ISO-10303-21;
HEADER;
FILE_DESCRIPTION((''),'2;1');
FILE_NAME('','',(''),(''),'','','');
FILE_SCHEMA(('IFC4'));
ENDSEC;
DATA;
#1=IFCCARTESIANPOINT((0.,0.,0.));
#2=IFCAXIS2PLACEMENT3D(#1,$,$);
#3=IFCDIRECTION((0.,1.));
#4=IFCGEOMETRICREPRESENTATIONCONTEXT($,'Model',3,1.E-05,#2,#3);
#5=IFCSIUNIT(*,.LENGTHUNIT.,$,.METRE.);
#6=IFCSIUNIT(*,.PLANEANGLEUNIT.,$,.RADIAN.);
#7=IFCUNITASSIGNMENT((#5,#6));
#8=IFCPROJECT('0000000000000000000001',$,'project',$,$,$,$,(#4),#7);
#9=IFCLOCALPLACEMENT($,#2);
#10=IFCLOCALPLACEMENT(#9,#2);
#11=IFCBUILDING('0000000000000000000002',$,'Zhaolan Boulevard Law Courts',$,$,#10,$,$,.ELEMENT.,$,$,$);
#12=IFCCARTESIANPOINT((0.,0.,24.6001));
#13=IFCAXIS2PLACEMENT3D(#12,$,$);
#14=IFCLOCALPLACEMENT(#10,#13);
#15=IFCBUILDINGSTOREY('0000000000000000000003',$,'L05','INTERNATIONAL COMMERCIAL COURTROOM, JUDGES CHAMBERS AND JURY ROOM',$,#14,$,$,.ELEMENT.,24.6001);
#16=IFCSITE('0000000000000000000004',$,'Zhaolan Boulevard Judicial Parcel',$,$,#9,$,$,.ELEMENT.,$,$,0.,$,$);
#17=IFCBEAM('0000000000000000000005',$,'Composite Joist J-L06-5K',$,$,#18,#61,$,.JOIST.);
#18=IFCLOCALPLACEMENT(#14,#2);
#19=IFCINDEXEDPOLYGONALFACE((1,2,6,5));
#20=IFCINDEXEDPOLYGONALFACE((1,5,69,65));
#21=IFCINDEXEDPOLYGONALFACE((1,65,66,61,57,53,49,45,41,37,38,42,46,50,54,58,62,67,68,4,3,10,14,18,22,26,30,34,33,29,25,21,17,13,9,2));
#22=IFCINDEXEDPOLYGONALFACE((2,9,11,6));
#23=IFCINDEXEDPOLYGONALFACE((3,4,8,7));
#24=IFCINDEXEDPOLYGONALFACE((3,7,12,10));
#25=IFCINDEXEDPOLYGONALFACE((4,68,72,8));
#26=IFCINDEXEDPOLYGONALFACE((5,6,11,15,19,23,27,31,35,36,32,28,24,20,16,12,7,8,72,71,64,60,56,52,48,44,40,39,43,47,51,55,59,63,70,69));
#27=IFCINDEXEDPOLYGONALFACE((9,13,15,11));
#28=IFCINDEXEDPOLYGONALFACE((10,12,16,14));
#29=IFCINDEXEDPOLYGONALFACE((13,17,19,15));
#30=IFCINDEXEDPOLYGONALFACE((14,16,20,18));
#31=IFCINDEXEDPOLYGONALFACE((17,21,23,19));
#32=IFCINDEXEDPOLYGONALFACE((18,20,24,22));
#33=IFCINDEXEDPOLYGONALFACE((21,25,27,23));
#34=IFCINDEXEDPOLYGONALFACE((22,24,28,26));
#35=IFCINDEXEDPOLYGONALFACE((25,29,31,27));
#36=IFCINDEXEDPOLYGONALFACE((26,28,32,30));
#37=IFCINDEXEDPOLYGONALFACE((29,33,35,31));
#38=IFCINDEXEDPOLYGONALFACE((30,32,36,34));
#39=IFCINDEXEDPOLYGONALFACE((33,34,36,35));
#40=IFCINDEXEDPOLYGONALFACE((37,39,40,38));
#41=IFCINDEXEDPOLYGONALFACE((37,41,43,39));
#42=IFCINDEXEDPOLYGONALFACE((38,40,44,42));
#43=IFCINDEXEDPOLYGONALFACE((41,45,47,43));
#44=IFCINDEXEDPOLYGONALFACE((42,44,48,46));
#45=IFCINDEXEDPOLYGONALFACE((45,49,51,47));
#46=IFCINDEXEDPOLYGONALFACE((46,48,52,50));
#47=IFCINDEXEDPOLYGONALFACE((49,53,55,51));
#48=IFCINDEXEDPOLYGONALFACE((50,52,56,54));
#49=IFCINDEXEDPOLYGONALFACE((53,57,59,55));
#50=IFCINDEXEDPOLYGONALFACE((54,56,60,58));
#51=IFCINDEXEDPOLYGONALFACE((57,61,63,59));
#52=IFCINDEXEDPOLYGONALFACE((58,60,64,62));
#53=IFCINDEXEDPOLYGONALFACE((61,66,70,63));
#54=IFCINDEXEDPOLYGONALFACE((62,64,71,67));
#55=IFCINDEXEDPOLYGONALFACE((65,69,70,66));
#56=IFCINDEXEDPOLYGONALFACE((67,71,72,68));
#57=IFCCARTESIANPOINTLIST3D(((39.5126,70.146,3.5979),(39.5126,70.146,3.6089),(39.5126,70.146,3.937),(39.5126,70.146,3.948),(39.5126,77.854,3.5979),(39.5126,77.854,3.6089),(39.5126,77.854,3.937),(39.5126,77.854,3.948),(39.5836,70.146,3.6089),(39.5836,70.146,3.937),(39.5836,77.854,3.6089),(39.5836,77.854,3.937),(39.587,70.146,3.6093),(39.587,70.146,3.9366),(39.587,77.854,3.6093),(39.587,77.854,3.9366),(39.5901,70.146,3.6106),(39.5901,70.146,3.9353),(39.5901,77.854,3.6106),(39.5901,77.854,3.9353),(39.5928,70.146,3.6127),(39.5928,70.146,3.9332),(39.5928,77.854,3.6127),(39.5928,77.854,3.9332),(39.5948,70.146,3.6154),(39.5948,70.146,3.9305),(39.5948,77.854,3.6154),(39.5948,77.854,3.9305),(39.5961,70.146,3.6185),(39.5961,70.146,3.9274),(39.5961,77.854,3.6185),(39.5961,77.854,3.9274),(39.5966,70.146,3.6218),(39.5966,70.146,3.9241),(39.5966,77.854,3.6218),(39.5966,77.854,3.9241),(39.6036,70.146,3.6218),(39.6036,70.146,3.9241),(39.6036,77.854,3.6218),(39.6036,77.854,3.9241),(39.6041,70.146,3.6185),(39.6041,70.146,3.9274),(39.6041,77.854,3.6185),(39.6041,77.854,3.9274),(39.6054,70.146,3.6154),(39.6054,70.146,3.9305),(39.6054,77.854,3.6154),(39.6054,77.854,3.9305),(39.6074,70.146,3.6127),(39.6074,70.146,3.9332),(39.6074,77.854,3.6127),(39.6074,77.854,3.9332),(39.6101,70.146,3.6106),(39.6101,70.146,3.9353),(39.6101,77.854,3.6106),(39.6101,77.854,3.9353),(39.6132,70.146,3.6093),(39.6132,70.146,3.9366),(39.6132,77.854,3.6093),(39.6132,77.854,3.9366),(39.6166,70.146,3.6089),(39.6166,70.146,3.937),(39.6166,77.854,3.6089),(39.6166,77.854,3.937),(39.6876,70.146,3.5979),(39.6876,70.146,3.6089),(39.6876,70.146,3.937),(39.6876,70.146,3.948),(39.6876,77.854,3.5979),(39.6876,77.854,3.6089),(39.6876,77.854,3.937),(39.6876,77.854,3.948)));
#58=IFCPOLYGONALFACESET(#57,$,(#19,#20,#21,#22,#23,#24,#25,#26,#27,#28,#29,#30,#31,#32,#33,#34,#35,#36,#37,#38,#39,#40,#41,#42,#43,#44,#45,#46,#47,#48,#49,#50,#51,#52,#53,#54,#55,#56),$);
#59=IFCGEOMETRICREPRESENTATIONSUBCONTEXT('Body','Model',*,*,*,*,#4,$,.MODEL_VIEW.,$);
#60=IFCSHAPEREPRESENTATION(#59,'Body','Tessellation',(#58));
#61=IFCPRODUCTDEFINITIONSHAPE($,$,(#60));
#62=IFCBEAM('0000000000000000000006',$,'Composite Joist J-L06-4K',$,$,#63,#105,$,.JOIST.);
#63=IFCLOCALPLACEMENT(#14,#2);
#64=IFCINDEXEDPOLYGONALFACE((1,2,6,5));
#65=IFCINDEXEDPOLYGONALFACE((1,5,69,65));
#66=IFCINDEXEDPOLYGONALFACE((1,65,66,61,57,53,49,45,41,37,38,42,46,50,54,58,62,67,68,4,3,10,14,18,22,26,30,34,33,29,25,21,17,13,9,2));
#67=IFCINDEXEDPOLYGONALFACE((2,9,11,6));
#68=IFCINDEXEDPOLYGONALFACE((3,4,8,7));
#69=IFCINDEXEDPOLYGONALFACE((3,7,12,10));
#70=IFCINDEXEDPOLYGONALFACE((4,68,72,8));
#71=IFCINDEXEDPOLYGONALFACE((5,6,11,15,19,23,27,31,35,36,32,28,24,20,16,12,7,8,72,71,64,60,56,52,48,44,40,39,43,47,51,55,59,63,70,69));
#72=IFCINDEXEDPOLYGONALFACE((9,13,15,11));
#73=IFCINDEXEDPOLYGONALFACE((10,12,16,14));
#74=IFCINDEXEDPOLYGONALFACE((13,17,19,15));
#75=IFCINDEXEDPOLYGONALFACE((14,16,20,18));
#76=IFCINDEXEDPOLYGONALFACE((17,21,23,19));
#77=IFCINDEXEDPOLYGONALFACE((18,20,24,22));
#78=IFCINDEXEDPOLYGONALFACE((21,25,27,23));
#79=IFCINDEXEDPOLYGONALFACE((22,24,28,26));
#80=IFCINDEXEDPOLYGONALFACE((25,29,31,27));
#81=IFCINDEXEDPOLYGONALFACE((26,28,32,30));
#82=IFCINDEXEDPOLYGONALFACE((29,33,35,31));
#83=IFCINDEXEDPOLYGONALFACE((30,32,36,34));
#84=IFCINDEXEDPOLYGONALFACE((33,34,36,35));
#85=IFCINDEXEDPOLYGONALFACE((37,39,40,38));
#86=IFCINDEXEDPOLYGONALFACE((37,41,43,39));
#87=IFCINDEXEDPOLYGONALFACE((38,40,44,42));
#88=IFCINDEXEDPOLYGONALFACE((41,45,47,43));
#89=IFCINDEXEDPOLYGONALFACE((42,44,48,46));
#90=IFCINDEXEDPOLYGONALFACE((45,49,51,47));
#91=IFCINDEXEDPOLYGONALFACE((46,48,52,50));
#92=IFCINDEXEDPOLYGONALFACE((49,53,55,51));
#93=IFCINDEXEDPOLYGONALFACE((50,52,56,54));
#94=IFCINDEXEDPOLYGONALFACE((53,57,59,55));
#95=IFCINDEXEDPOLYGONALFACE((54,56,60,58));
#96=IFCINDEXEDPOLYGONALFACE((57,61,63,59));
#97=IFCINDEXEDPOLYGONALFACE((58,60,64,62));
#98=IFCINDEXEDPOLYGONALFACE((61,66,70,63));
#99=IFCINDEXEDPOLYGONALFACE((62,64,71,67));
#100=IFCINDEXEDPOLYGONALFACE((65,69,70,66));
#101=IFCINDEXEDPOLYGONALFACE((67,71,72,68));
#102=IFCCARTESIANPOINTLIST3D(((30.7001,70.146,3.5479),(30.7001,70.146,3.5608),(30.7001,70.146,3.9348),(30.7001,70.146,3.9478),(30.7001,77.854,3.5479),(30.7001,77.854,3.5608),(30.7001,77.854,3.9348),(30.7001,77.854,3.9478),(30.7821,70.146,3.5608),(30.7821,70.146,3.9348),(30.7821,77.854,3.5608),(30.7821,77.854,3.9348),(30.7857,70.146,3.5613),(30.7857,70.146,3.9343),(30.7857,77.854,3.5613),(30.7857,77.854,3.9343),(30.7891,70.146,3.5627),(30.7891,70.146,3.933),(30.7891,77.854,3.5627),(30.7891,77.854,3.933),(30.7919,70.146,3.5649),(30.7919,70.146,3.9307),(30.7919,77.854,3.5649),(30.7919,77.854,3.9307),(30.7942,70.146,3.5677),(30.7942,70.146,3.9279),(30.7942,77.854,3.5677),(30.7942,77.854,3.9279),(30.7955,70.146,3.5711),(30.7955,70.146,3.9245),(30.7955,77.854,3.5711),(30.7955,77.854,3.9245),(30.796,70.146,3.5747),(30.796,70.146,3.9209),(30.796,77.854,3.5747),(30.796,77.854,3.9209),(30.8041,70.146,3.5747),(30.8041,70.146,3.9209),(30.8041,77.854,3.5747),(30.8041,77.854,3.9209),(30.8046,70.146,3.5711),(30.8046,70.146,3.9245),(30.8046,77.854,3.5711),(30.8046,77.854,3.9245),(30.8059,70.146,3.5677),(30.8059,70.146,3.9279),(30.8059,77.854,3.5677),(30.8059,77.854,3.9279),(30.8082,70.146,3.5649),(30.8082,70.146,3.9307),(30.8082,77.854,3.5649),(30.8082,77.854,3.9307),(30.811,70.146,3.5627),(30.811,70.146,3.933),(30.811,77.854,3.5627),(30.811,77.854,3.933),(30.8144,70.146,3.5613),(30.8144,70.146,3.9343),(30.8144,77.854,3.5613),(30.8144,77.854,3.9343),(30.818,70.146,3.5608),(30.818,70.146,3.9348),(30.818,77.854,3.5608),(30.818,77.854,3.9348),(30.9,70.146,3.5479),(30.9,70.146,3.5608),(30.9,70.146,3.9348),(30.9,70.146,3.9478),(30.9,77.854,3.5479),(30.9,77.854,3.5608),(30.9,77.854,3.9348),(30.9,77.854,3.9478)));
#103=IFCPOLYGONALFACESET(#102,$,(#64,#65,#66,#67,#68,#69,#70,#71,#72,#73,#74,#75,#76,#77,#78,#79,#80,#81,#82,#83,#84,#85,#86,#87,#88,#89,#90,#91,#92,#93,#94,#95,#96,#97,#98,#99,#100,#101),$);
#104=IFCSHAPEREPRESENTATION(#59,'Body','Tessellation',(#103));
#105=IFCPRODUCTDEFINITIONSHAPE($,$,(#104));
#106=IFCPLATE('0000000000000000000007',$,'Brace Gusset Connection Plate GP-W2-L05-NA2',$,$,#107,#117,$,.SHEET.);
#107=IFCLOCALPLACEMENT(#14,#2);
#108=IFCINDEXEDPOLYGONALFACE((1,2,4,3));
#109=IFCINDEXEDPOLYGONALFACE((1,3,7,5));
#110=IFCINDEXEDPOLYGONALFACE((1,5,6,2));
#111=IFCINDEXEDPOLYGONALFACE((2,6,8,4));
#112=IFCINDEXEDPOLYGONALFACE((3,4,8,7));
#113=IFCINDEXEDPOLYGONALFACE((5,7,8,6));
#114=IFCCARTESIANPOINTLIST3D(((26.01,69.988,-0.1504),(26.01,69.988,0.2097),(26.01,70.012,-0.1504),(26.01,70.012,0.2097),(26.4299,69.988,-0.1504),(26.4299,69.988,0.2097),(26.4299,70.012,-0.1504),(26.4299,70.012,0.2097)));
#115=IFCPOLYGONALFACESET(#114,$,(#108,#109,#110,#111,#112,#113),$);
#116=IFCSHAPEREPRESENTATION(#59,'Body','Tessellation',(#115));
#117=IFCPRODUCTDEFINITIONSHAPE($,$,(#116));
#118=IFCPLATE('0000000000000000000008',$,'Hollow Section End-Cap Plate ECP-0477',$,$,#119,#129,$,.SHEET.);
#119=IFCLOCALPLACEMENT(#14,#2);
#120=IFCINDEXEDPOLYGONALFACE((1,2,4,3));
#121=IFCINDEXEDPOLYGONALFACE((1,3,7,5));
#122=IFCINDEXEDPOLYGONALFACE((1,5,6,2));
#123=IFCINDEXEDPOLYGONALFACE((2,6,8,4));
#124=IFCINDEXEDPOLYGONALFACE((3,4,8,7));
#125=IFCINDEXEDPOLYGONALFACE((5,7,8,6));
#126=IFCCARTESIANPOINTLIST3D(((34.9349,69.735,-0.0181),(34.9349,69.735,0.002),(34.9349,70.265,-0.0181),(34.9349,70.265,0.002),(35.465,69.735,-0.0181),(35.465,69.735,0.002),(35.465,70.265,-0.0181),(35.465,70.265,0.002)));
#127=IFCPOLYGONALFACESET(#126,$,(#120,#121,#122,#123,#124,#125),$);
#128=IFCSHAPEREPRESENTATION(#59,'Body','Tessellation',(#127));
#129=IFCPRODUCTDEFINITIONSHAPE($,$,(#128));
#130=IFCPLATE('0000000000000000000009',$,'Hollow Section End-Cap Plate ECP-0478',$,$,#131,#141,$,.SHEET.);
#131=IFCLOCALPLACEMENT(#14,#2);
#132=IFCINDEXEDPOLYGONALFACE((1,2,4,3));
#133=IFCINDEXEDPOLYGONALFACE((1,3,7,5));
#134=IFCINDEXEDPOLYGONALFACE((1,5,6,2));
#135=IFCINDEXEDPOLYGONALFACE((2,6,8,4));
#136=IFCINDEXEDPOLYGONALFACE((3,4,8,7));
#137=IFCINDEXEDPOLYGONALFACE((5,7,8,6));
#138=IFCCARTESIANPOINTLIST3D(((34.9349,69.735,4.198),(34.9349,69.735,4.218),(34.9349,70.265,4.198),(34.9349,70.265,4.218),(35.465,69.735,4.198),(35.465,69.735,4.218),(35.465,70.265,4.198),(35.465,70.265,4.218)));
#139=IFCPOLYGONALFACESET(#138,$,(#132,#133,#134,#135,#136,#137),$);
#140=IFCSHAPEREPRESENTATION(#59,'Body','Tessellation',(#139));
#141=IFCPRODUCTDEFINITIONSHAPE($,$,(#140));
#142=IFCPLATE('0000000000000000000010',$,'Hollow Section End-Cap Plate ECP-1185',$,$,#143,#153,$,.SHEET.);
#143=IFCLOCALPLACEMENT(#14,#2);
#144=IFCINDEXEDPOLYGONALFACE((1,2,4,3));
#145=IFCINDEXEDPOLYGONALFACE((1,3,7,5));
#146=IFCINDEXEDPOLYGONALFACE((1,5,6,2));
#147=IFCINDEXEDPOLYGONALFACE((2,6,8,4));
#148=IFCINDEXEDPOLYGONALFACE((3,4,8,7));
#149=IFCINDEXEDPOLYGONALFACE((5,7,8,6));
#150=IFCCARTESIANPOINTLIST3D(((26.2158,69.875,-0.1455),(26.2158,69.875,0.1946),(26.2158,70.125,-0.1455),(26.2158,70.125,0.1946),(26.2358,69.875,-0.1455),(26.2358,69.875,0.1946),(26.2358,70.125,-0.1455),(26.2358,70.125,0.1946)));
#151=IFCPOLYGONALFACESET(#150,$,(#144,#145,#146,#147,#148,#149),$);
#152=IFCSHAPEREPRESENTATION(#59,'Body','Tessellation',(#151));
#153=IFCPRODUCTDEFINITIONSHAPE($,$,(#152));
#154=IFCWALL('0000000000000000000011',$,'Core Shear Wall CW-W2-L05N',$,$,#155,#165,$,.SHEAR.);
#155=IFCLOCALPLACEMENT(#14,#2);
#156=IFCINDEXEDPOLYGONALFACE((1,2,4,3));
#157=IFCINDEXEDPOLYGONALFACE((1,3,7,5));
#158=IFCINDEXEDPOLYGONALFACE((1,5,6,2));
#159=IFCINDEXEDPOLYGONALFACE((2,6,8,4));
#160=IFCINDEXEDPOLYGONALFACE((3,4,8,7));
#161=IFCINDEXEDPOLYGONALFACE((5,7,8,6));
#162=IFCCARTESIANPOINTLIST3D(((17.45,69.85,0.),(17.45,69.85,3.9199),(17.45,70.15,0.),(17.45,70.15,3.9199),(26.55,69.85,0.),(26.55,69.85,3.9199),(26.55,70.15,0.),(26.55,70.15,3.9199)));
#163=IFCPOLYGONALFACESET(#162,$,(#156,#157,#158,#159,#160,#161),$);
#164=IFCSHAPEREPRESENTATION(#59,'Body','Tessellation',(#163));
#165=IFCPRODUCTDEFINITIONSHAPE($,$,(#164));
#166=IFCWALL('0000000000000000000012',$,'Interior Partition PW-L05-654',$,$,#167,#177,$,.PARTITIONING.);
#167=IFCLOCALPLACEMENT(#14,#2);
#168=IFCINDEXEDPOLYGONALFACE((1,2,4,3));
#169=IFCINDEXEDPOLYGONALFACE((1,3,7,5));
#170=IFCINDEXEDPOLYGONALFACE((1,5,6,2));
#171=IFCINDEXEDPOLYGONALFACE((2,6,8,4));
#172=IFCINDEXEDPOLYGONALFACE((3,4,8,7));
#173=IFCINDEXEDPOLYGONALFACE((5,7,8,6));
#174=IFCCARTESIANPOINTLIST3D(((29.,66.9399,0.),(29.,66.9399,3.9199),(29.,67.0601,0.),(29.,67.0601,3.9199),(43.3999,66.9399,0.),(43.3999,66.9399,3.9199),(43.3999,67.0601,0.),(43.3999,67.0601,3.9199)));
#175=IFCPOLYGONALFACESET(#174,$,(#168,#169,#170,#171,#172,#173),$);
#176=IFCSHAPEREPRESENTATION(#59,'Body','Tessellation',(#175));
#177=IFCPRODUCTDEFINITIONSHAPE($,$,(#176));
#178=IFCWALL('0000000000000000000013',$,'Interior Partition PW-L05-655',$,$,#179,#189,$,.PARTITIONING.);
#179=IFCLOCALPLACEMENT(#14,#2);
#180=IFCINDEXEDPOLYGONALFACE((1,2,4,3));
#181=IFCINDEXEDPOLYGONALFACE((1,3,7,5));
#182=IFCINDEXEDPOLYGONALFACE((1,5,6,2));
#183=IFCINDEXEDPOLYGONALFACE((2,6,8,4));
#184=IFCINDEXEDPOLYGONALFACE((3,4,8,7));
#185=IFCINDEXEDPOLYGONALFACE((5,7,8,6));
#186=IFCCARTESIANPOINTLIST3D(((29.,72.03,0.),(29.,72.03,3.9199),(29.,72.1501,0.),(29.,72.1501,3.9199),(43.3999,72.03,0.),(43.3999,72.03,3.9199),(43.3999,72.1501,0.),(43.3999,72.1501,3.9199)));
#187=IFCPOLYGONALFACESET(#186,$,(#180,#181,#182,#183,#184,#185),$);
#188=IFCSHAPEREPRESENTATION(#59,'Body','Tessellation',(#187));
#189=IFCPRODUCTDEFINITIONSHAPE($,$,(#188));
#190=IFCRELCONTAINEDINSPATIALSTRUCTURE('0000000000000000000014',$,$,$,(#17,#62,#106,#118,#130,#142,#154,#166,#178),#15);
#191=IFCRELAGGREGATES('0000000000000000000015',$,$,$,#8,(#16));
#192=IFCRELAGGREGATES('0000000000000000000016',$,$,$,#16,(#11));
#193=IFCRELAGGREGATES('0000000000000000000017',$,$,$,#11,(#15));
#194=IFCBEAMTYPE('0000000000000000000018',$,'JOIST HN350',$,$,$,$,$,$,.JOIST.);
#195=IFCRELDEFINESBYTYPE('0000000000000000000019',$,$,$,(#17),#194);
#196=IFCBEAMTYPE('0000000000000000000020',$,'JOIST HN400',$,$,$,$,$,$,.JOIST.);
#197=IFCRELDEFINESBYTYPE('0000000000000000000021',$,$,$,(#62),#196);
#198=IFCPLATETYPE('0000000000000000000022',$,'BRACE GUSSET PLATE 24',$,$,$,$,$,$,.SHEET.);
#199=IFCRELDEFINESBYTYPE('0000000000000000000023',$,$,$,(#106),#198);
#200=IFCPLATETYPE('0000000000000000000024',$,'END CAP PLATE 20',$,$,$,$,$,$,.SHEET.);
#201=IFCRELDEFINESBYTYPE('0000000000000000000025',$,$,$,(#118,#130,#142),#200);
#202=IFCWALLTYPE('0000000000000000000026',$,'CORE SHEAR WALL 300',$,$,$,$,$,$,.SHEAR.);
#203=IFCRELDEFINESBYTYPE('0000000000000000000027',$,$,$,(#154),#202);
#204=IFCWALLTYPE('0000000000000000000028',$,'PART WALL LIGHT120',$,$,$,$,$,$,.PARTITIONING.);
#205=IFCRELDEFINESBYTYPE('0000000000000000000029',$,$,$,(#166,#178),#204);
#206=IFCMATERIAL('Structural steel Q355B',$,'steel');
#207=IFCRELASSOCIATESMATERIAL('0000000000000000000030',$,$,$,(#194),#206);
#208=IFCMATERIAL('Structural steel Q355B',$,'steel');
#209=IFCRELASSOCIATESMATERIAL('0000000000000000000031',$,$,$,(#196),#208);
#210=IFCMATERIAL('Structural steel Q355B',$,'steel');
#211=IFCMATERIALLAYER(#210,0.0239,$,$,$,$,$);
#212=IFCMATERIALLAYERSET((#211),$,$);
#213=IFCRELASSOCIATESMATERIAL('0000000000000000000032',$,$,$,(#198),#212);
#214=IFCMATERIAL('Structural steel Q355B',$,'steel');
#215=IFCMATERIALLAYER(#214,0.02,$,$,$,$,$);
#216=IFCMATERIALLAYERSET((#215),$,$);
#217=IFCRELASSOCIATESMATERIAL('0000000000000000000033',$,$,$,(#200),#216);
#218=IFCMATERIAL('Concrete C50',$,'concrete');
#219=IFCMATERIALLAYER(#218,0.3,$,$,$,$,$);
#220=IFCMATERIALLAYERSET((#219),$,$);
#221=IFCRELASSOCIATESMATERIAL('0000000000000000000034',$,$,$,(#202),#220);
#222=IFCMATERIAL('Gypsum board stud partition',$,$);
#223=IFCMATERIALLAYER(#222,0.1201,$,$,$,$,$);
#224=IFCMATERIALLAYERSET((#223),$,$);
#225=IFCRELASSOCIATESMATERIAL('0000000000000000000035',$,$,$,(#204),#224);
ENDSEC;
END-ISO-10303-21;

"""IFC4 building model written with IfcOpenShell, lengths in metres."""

from ifc_helpers import new_model, si_unit, direction, frame, frame_2d, origin, origin_2d, place, context, subcontext, project, spatial, rectangle, i_section, extrude, material, layer, layer_set, material_profile, profile_set, type_object, element, save


model = new_model("IFC4")

# Units and contexts
model_context = context("Model", 3, precision=1e-05, world=origin(), true_north=direction((0.0, 1.0)))
body_context = subcontext(model_context, "Body", "Model", "MODEL_VIEW")
ifc_project = project(units=[si_unit("LENGTHUNIT", "METRE"), si_unit("PLANEANGLEUNIT", "RADIAN")], contexts=[model_context])

# Site, building, storey
site_placement = place(None, origin())
site = spatial("IfcSite", under=ifc_project, at=site_placement, Name="Zhaolan Boulevard Judicial Parcel", CompositionType="ELEMENT", RefElevation=0.0)
building_placement = place(site_placement, origin())
building = spatial("IfcBuilding", under=site, at=building_placement, Name="Zhaolan Boulevard Law Courts", CompositionType="ELEMENT")
storey_placement = place(building_placement, frame((0.0, 0.0, 24.6001)))
storey = spatial("IfcBuildingStorey", under=building, at=storey_placement, Name="L05", Description="INTERNATIONAL COMMERCIAL COURTROOM, JUDGES CHAMBERS AND JURY ROOM", CompositionType="ELEMENT", Elevation=24.6001)

# Beams
ifc_material_1 = material(Name="Structural steel Q355B", Category="steel")
ifc_material_profile_1 = material_profile(ifc_material_1, i_section(OverallWidth=0.175, OverallDepth=0.3501, WebThickness=0.0071, FlangeThickness=0.011, FilletRadius=0.0129, at=origin_2d()), Name="HN350x175")
ifc_profile_set_1 = profile_set([ifc_material_profile_1], Name="Structural steel Q355B")
beam_type_1 = type_object("IfcBeamType", Name="JOIST HN350", PredefinedType="JOIST", material=ifc_profile_set_1)
beam_1_placement = place(storey_placement, frame((39.6001, 70.146, 3.7729), z_axis=(0.0, 1.0, 0.0), x_axis=(-1.0, 0.0, 0.0)))
element("IfcBeam", 1, at=beam_1_placement, inside=storey, type_object=beam_type_1, Name="Composite Joist J-L06-5K", PredefinedType="JOIST", context=body_context, shape_type="SweptSolid", body=[
    extrude(i_section(OverallWidth=0.175, OverallDepth=0.3501, WebThickness=0.0071, FlangeThickness=0.011, FilletRadius=0.0129, at=origin_2d()), origin(), (0.0, 0.0, 1.0), 7.708),
])
ifc_material_2 = material(Name="Structural steel Q355B", Category="steel")
ifc_material_profile_2 = material_profile(ifc_material_2, i_section(OverallWidth=0.2, OverallDepth=0.3999, WebThickness=0.0081, FlangeThickness=0.0129, FilletRadius=0.0139, at=origin_2d()), Name="HN400x200")
ifc_profile_set_2 = profile_set([ifc_material_profile_2], Name="Structural steel Q355B")
beam_type_2 = type_object("IfcBeamType", Name="JOIST HN400", PredefinedType="JOIST", material=ifc_profile_set_2)
beam_2_placement = place(storey_placement, frame((30.8, 70.146, 3.7478), z_axis=(0.0, 1.0, 0.0), x_axis=(-1.0, 0.0, 0.0)))
element("IfcBeam", 2, at=beam_2_placement, inside=storey, type_object=beam_type_2, Name="Composite Joist J-L06-4K", PredefinedType="JOIST", context=body_context, shape_type="SweptSolid", body=[
    extrude(i_section(OverallWidth=0.2, OverallDepth=0.3999, WebThickness=0.0081, FlangeThickness=0.0129, FilletRadius=0.0139, at=origin_2d()), origin(), (0.0, 0.0, 1.0), 7.708),
])

# Plates
ifc_material_3 = material(Name="Structural steel Q355B", Category="steel")
ifc_layer_1 = layer(ifc_material_3, 0.0239)
ifc_layer_set_1 = layer_set([ifc_layer_1])
plate_type_1 = type_object("IfcPlateType", Name="BRACE GUSSET PLATE 24", PredefinedType="SHEET", material=ifc_layer_set_1)
plate_1_placement = place(storey_placement, frame((26.22, 70.0, -0.1504), z_axis=(0.0, 0.0, 1.0), x_axis=(1.0, 0.0, 0.0)))
element("IfcPlate", 3, at=plate_1_placement, inside=storey, type_object=plate_type_1, Name="Brace Gusset Connection Plate GP-W2-L05-NA2", PredefinedType="SHEET", context=body_context, shape_type="SweptSolid", body=[
    extrude(rectangle(XDim=0.4199, YDim=0.0239, at=origin_2d()), origin(), (0.0, 0.0, 1.0), 0.3601),
])
ifc_material_4 = material(Name="Structural steel Q355B", Category="steel")
ifc_layer_2 = layer(ifc_material_4, 0.02)
ifc_layer_set_2 = layer_set([ifc_layer_2])
plate_type_2 = type_object("IfcPlateType", Name="END CAP PLATE 20", PredefinedType="SHEET", material=ifc_layer_set_2)
for number, where, z_axis, x_axis, name in (
    (4, (35.2, 70.0, -0.0181), (0.0, 0.0, 1.0), (1.0, 0.0, 0.0), "Hollow Section End-Cap Plate ECP-0477"),
    (5, (35.2, 70.0, 4.198), (0.0, 0.0, 1.0), (1.0, 0.0, 0.0), "Hollow Section End-Cap Plate ECP-0478"),
):
    element("IfcPlate", number, at=place(storey_placement, frame(where, z_axis=z_axis, x_axis=x_axis)), inside=storey, type_object=plate_type_2, Name=name, PredefinedType="SHEET", context=body_context, shape_type="SweptSolid", body=[
        extrude(rectangle(XDim=0.53, YDim=0.53, at=origin_2d()), origin(), (0.0, 0.0, 1.0), 0.02),
    ])
plate_2_placement = place(storey_placement, frame((26.2258, 70.0, -0.1455), z_axis=(0.0, 0.0, 1.0), x_axis=(-1.0, 0.0, 0.0)))
element("IfcPlate", 6, at=plate_2_placement, inside=storey, type_object=plate_type_2, Name="Hollow Section End-Cap Plate ECP-1185", PredefinedType="SHEET", context=body_context, shape_type="SweptSolid", body=[
    extrude(rectangle(XDim=0.02, YDim=0.25, at=origin_2d()), origin(), (0.0, 0.0, 1.0), 0.3401),
])

# Walls
ifc_material_5 = material(Name="Concrete C50", Category="concrete")
ifc_layer_3 = layer(ifc_material_5, 0.3)
ifc_layer_set_3 = layer_set([ifc_layer_3])
wall_type_1 = type_object("IfcWallType", Name="CORE SHEAR WALL 300", PredefinedType="SHEAR", material=ifc_layer_set_3)
wall_1_placement = place(storey_placement, frame((26.55, 70.0, 0.0), z_axis=(0.0, 0.0, 1.0), x_axis=(-1.0, 0.0, 0.0)))
element("IfcWall", 7, at=wall_1_placement, inside=storey, type_object=wall_type_1, Name="Core Shear Wall CW-W2-L05N", PredefinedType="SHEAR", context=body_context, shape_type="SweptSolid", body=[
    extrude(rectangle(XDim=9.1001, YDim=0.3, at=frame_2d((4.55, 0.0))), origin(), (0.0, 0.0, 1.0), 3.9199),
])
ifc_material_6 = material(Name="Gypsum board stud partition")
ifc_layer_4 = layer(ifc_material_6, 0.1201)
ifc_layer_set_4 = layer_set([ifc_layer_4])
wall_type_2 = type_object("IfcWallType", Name="PART WALL LIGHT120", PredefinedType="PARTITIONING", material=ifc_layer_set_4)
for number, where, z_axis, x_axis, name in (
    (8, (29.0, 67.0, 0.0), (0.0, 0.0, 1.0), (1.0, 0.0, 0.0), "Interior Partition PW-L05-654"),
    (9, (43.3999, 72.0901, 0.0), (0.0, 0.0, 1.0), (-1.0, 0.0, 0.0), "Interior Partition PW-L05-655"),
):
    element("IfcWall", number, at=place(storey_placement, frame(where, z_axis=z_axis, x_axis=x_axis)), inside=storey, type_object=wall_type_2, Name=name, PredefinedType="PARTITIONING", context=body_context, shape_type="SweptSolid", body=[
        extrude(rectangle(XDim=14.3999, YDim=0.1201, at=frame_2d((7.2, 0.0))), origin(), (0.0, 0.0, 1.0), 3.9199),
    ])

save(model, "model.ifc")
